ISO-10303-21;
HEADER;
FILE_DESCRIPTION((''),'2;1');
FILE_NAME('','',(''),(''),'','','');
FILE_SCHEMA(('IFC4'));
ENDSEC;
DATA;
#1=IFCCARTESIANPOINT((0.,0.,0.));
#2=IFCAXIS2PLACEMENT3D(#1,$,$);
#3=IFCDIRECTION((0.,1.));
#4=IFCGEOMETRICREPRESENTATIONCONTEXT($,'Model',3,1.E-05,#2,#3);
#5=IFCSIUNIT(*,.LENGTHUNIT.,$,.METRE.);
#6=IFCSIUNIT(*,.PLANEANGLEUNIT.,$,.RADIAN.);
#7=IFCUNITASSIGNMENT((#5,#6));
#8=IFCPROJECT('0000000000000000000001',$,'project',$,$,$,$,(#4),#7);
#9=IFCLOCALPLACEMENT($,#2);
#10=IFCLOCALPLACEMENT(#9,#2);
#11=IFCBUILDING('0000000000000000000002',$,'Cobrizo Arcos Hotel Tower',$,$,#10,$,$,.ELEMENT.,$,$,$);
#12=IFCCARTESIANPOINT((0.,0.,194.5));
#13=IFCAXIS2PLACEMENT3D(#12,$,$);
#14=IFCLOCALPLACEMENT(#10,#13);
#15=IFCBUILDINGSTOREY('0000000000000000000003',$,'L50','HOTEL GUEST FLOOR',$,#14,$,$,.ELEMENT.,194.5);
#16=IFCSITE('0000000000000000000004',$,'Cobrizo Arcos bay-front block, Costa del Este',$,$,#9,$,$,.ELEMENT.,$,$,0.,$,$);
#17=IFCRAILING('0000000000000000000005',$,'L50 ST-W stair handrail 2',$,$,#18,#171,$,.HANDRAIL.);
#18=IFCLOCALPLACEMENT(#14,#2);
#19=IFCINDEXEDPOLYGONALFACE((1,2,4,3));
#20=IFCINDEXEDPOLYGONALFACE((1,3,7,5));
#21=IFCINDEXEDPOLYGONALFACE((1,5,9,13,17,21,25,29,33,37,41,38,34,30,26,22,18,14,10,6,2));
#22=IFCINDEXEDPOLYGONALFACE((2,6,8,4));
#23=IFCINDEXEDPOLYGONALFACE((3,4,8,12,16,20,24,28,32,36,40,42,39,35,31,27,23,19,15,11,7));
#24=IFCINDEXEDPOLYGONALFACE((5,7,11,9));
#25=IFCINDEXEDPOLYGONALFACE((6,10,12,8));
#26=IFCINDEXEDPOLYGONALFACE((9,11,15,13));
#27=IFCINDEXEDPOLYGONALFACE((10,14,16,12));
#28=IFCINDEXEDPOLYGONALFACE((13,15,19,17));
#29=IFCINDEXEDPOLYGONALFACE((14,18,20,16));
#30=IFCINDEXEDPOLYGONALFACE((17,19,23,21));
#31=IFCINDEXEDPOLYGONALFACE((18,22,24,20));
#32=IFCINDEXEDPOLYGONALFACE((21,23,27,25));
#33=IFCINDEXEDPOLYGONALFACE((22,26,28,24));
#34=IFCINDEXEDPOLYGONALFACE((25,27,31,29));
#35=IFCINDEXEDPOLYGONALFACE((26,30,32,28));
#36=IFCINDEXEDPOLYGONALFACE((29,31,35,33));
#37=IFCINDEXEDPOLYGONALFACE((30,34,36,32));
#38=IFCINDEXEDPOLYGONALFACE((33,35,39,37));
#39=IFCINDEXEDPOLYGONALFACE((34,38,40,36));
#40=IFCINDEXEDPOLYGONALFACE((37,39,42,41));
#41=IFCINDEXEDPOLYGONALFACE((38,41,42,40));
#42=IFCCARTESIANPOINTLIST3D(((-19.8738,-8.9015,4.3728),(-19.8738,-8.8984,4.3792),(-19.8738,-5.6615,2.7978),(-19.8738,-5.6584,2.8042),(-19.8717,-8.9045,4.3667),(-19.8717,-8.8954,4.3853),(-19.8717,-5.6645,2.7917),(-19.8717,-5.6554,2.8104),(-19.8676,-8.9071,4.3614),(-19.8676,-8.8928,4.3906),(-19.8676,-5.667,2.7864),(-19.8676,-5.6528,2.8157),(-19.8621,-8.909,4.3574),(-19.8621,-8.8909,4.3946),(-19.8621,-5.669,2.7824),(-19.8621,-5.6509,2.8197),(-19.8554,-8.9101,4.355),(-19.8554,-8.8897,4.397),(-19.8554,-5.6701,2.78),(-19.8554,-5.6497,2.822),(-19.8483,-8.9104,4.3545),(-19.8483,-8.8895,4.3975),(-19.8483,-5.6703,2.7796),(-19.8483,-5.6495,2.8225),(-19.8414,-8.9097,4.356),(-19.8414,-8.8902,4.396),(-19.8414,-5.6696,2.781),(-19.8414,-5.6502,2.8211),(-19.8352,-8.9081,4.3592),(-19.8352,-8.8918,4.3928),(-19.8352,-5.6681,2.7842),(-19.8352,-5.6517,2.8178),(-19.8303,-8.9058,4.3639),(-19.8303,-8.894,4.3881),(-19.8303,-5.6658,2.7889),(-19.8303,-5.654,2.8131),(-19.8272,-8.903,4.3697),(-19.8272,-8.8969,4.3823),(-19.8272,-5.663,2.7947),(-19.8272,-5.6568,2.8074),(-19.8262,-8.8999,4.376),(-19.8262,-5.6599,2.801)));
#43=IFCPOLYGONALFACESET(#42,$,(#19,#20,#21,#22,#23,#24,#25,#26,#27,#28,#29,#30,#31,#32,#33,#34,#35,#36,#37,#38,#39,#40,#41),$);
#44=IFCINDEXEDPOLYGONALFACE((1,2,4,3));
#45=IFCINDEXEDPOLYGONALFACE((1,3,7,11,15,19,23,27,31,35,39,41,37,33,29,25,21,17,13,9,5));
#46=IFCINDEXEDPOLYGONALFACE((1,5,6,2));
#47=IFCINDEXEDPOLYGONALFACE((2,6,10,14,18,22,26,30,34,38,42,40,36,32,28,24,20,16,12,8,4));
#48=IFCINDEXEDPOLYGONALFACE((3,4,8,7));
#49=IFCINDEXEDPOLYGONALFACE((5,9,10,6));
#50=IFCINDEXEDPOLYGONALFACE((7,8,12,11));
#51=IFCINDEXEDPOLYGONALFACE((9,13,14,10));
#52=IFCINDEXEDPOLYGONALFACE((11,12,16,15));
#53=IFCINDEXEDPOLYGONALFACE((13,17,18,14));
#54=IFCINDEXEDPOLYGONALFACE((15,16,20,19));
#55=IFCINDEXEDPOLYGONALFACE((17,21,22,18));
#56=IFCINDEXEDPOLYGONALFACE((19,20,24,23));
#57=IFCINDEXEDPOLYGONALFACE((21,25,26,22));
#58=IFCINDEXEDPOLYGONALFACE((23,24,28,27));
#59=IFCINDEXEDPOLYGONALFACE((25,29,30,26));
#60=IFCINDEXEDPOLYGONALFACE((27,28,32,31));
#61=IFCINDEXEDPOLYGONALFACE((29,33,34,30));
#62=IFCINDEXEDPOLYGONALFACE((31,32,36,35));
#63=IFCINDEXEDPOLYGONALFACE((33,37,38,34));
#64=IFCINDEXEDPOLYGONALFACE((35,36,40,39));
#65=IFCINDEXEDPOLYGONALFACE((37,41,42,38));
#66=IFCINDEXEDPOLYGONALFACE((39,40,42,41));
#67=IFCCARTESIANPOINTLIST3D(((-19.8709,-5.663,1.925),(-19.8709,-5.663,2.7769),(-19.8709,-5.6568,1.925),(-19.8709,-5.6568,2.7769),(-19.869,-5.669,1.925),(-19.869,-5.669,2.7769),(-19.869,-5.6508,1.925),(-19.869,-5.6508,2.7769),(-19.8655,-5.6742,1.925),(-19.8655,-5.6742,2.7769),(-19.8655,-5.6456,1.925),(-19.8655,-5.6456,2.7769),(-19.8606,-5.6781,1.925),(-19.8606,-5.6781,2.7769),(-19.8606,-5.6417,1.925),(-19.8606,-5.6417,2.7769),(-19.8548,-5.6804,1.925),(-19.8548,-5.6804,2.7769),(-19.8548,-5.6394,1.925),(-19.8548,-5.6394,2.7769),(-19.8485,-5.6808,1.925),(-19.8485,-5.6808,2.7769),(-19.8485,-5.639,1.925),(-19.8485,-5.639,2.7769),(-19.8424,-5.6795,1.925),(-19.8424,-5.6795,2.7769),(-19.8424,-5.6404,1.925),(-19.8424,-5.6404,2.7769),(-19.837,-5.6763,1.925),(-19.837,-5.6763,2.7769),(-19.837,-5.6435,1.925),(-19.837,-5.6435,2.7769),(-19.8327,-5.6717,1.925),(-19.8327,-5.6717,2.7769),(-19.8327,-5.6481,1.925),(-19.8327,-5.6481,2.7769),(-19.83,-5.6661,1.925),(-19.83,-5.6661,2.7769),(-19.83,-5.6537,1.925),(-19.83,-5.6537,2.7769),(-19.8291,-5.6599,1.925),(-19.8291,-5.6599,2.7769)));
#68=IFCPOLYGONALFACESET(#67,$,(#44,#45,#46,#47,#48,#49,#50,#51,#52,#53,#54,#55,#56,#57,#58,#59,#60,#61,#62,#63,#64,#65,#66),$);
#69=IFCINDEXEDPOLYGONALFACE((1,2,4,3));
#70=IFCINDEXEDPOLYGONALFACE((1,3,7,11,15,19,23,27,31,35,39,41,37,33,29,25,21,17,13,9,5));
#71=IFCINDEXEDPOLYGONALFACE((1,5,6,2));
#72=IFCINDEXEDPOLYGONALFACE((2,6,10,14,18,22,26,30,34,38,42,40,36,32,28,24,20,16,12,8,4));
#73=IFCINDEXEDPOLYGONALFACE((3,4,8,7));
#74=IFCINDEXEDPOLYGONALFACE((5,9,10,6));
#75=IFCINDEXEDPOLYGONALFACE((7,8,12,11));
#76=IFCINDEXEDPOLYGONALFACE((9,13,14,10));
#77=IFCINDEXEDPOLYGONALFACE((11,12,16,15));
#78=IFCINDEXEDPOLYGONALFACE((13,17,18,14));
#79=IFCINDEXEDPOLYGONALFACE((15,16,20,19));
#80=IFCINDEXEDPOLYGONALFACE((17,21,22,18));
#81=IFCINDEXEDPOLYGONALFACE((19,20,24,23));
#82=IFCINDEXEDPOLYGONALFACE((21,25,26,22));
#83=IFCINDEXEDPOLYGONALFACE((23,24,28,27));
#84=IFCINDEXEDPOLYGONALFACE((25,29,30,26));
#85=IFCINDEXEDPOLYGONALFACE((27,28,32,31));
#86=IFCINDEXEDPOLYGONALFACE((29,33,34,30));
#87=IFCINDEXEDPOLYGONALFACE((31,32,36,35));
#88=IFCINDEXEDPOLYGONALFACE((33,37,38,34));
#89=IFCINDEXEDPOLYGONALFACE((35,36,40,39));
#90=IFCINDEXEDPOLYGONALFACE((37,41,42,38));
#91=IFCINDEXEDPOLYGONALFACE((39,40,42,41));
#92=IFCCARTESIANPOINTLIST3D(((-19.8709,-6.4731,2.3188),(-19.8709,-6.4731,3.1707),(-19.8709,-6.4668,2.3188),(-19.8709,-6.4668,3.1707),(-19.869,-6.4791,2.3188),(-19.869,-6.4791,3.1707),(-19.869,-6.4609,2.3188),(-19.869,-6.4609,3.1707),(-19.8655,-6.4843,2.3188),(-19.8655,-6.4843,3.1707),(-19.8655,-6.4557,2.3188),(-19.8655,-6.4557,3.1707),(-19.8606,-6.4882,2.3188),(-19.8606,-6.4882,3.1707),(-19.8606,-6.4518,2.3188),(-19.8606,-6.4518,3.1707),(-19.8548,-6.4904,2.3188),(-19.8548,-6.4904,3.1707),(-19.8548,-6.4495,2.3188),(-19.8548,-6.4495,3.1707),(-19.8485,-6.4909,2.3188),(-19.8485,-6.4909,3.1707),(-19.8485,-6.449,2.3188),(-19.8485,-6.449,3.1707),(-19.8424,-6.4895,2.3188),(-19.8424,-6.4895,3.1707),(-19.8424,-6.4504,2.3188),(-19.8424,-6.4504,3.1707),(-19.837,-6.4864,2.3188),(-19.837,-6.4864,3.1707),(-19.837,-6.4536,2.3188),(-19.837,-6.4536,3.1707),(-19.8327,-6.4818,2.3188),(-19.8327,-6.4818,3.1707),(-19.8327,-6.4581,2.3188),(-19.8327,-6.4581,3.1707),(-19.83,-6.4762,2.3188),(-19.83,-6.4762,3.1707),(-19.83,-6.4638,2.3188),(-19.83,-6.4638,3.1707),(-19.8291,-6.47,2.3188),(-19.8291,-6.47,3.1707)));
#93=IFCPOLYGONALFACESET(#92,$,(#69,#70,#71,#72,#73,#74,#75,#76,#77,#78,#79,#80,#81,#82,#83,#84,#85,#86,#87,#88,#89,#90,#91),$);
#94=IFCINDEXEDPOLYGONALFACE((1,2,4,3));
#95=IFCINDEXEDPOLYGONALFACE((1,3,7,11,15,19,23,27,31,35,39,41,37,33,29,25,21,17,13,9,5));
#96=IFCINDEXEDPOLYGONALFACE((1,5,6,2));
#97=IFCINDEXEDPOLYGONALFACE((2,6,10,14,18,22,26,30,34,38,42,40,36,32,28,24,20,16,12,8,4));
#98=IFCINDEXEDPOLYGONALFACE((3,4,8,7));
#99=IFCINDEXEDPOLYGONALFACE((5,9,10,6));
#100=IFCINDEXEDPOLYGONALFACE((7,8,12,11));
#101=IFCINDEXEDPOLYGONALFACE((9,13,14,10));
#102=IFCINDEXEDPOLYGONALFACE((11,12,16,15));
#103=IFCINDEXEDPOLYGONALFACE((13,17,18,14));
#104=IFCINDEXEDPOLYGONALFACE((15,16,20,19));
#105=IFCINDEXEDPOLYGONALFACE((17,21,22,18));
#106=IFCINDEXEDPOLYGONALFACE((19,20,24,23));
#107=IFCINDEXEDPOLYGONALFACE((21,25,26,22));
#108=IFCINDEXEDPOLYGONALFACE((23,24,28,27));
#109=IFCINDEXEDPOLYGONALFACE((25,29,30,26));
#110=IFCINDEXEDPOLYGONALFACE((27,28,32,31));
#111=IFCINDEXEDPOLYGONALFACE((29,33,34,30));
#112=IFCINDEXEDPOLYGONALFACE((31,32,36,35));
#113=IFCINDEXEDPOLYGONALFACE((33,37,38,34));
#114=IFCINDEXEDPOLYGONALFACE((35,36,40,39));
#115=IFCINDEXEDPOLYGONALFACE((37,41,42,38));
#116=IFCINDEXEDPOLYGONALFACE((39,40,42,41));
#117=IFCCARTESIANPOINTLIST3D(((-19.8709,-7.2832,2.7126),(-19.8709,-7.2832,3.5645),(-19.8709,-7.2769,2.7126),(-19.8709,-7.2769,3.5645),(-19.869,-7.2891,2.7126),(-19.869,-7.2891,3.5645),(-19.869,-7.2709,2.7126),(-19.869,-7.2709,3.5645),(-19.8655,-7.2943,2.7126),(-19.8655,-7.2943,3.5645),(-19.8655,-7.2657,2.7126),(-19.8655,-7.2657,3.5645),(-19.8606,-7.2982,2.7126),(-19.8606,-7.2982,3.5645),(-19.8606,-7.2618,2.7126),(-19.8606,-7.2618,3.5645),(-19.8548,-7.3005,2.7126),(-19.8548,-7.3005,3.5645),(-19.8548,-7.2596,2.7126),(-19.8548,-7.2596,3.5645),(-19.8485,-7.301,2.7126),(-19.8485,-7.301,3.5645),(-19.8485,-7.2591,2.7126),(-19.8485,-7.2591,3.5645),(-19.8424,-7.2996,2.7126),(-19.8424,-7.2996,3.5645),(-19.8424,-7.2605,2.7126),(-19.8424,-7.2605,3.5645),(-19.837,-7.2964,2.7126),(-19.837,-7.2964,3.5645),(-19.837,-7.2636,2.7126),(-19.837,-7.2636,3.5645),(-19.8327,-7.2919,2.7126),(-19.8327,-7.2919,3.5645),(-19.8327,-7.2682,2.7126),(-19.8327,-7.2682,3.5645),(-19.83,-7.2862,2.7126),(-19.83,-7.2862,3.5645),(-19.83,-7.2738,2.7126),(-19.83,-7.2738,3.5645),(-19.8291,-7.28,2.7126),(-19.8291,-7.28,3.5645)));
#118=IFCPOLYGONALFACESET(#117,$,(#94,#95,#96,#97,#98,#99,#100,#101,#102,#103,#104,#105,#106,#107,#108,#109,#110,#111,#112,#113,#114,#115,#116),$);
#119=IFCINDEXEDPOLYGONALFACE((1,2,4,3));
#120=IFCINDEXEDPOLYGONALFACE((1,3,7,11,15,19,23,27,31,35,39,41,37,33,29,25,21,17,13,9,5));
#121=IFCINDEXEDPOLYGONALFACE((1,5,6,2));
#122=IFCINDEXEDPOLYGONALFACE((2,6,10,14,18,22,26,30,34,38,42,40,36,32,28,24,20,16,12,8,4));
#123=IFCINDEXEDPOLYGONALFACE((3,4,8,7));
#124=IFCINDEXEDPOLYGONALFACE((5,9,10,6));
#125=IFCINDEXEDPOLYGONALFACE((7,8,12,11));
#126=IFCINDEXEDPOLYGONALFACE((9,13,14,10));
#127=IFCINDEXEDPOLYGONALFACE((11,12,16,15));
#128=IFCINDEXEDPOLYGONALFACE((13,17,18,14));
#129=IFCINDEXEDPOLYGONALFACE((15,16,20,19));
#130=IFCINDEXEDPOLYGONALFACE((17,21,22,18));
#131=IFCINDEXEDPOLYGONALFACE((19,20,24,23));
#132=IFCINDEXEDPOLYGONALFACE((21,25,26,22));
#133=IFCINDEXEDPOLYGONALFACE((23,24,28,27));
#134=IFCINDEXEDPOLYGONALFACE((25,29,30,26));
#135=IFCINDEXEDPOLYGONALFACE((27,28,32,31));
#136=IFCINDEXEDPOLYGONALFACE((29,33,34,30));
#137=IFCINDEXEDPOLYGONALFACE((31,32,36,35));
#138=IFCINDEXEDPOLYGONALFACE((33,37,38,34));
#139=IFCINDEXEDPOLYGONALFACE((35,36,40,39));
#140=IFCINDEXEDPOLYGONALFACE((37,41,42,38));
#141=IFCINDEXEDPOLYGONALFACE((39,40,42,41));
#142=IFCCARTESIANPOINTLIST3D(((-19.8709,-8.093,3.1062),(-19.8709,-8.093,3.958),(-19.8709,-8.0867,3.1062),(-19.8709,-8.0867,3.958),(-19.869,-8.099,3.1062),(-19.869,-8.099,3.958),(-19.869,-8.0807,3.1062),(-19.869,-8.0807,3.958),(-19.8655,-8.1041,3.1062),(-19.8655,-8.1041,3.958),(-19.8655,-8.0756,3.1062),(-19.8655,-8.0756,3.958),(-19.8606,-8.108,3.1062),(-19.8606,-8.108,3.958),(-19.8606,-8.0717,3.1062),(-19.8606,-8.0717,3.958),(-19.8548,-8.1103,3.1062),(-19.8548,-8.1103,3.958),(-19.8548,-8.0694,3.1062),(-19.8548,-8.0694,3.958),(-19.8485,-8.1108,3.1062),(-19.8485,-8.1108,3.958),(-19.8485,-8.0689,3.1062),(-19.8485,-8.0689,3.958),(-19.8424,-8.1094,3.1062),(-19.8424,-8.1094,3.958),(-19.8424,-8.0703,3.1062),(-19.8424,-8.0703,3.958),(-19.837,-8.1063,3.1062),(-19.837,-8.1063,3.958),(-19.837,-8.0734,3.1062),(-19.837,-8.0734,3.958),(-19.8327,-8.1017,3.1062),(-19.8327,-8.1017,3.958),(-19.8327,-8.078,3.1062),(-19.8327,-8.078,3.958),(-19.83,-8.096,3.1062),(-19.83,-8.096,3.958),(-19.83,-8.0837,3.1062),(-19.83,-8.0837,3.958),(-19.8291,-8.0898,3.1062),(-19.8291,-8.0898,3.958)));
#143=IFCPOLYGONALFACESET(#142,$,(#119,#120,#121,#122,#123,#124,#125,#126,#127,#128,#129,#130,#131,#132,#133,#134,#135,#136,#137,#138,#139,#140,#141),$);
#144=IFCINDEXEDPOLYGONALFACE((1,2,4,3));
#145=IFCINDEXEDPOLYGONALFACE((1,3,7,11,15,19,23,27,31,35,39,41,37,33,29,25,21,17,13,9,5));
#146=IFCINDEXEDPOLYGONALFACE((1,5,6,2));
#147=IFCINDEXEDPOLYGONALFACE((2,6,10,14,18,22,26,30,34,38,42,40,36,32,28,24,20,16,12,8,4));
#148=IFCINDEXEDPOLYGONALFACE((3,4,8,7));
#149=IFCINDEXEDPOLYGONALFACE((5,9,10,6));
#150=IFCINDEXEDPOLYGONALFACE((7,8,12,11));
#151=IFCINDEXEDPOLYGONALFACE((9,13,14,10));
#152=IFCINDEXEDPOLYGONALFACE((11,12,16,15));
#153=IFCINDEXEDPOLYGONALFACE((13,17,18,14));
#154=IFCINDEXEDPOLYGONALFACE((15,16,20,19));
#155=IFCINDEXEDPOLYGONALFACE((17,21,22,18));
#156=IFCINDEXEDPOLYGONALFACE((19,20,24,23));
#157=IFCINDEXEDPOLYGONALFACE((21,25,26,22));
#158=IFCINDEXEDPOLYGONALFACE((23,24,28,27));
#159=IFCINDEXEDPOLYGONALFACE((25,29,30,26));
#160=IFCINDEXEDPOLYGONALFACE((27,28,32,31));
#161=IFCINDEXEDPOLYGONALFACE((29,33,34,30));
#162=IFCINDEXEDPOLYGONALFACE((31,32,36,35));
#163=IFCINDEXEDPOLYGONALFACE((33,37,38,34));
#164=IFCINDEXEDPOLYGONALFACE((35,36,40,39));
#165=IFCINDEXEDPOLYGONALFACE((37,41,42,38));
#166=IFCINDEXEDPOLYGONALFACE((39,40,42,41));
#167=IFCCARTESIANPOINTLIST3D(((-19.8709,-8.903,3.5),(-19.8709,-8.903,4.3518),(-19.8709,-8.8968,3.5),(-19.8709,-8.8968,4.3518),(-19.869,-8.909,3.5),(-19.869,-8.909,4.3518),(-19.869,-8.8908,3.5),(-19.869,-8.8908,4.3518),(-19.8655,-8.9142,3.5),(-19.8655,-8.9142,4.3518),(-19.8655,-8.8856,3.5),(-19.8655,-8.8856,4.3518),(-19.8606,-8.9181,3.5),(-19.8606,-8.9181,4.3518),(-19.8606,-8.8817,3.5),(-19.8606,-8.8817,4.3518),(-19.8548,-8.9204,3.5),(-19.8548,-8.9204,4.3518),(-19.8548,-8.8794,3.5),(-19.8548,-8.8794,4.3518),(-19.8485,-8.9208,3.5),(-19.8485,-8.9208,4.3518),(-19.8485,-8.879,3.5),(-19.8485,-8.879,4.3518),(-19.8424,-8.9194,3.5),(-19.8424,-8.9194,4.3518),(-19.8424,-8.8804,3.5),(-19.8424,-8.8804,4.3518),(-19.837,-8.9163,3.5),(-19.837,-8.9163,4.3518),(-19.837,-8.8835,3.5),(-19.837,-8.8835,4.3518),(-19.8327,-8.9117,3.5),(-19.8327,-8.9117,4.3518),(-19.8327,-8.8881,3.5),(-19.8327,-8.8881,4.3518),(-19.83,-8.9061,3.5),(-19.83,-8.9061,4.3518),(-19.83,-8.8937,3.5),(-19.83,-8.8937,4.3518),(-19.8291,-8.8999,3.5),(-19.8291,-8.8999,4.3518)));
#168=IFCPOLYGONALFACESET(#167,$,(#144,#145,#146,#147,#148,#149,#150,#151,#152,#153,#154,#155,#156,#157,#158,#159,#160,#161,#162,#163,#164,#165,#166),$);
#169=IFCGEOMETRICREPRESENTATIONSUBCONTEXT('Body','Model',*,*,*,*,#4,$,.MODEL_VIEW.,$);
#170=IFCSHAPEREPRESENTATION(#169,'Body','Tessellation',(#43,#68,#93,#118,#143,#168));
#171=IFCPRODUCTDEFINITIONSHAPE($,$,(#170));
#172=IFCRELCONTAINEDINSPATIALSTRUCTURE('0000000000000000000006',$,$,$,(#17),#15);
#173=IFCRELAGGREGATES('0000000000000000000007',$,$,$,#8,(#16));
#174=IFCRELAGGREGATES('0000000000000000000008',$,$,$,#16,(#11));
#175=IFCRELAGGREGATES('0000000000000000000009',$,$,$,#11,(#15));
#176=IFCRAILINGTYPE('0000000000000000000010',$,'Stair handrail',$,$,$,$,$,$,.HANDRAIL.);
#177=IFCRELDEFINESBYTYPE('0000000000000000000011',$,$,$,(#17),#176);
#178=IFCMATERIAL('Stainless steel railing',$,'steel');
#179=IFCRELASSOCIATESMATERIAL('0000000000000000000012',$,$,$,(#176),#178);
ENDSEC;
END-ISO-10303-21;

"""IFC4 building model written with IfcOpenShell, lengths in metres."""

from ifc_helpers import new_model, si_unit, direction, frame, origin, origin_2d, place, context, subcontext, project, spatial, circle, extrude, material, type_object, element, save


model = new_model("IFC4")

# Units and contexts
model_context = context("Model", 3, precision=1e-05, world=origin(), true_north=direction((0.0, 1.0)))
body_context = subcontext(model_context, "Body", "Model", "MODEL_VIEW")
ifc_project = project(units=[si_unit("LENGTHUNIT", "METRE"), si_unit("PLANEANGLEUNIT", "RADIAN")], contexts=[model_context])

# Site, building, storey
site_placement = place(None, origin())
site = spatial("IfcSite", under=ifc_project, at=site_placement, Name="Cobrizo Arcos bay-front block, Costa del Este", CompositionType="ELEMENT", RefElevation=0.0)
building_placement = place(site_placement, origin())
building = spatial("IfcBuilding", under=site, at=building_placement, Name="Cobrizo Arcos Hotel Tower", CompositionType="ELEMENT")
storey_placement = place(building_placement, frame((0.0, 0.0, 194.5)))
storey = spatial("IfcBuildingStorey", under=building, at=storey_placement, Name="L50", Description="HOTEL GUEST FLOOR", CompositionType="ELEMENT", Elevation=194.5)

# Railing
ifc_material_1 = material(Name="Stainless steel railing", Category="steel")
railing_type_1 = type_object("IfcRailingType", Name="Stair handrail", PredefinedType="HANDRAIL", material=ifc_material_1)
railing_1_placement = place(storey_placement, frame((-19.8501, -5.6599, 1.925)))
element("IfcRailing", 1, at=railing_1_placement, inside=storey, type_object=railing_type_1, Name="L50 ST-W stair handrail 2", PredefinedType="HANDRAIL", context=body_context, shape_type="SweptSolid", body=[
    extrude(circle(Radius=0.0239, at=origin_2d()), frame((0.0, 0.0, 0.876), z_axis=(0.0, -0.899373, 0.437183), x_axis=(1.0, 0.0, 0.0)), (0.0, 0.0, 1.0), 3.6025),
    extrude(circle(Radius=0.021, at=origin_2d()), origin(), (0.0, 0.0, 1.0), 0.8518),
    extrude(circle(Radius=0.021, at=origin_2d()), frame((0.0, -0.8101, 0.3938)), (0.0, 0.0, 1.0), 0.8518),
    extrude(circle(Radius=0.021, at=origin_2d()), frame((0.0, -1.6201, 0.7876)), (0.0, 0.0, 1.0), 0.8518),
    extrude(circle(Radius=0.021, at=origin_2d()), frame((0.0, -2.4299, 1.1812)), (0.0, 0.0, 1.0), 0.8518),
    extrude(circle(Radius=0.021, at=origin_2d()), frame((0.0, -3.24, 1.575)), (0.0, 0.0, 1.0), 0.8518),
])

save(model, "model.ifc")
